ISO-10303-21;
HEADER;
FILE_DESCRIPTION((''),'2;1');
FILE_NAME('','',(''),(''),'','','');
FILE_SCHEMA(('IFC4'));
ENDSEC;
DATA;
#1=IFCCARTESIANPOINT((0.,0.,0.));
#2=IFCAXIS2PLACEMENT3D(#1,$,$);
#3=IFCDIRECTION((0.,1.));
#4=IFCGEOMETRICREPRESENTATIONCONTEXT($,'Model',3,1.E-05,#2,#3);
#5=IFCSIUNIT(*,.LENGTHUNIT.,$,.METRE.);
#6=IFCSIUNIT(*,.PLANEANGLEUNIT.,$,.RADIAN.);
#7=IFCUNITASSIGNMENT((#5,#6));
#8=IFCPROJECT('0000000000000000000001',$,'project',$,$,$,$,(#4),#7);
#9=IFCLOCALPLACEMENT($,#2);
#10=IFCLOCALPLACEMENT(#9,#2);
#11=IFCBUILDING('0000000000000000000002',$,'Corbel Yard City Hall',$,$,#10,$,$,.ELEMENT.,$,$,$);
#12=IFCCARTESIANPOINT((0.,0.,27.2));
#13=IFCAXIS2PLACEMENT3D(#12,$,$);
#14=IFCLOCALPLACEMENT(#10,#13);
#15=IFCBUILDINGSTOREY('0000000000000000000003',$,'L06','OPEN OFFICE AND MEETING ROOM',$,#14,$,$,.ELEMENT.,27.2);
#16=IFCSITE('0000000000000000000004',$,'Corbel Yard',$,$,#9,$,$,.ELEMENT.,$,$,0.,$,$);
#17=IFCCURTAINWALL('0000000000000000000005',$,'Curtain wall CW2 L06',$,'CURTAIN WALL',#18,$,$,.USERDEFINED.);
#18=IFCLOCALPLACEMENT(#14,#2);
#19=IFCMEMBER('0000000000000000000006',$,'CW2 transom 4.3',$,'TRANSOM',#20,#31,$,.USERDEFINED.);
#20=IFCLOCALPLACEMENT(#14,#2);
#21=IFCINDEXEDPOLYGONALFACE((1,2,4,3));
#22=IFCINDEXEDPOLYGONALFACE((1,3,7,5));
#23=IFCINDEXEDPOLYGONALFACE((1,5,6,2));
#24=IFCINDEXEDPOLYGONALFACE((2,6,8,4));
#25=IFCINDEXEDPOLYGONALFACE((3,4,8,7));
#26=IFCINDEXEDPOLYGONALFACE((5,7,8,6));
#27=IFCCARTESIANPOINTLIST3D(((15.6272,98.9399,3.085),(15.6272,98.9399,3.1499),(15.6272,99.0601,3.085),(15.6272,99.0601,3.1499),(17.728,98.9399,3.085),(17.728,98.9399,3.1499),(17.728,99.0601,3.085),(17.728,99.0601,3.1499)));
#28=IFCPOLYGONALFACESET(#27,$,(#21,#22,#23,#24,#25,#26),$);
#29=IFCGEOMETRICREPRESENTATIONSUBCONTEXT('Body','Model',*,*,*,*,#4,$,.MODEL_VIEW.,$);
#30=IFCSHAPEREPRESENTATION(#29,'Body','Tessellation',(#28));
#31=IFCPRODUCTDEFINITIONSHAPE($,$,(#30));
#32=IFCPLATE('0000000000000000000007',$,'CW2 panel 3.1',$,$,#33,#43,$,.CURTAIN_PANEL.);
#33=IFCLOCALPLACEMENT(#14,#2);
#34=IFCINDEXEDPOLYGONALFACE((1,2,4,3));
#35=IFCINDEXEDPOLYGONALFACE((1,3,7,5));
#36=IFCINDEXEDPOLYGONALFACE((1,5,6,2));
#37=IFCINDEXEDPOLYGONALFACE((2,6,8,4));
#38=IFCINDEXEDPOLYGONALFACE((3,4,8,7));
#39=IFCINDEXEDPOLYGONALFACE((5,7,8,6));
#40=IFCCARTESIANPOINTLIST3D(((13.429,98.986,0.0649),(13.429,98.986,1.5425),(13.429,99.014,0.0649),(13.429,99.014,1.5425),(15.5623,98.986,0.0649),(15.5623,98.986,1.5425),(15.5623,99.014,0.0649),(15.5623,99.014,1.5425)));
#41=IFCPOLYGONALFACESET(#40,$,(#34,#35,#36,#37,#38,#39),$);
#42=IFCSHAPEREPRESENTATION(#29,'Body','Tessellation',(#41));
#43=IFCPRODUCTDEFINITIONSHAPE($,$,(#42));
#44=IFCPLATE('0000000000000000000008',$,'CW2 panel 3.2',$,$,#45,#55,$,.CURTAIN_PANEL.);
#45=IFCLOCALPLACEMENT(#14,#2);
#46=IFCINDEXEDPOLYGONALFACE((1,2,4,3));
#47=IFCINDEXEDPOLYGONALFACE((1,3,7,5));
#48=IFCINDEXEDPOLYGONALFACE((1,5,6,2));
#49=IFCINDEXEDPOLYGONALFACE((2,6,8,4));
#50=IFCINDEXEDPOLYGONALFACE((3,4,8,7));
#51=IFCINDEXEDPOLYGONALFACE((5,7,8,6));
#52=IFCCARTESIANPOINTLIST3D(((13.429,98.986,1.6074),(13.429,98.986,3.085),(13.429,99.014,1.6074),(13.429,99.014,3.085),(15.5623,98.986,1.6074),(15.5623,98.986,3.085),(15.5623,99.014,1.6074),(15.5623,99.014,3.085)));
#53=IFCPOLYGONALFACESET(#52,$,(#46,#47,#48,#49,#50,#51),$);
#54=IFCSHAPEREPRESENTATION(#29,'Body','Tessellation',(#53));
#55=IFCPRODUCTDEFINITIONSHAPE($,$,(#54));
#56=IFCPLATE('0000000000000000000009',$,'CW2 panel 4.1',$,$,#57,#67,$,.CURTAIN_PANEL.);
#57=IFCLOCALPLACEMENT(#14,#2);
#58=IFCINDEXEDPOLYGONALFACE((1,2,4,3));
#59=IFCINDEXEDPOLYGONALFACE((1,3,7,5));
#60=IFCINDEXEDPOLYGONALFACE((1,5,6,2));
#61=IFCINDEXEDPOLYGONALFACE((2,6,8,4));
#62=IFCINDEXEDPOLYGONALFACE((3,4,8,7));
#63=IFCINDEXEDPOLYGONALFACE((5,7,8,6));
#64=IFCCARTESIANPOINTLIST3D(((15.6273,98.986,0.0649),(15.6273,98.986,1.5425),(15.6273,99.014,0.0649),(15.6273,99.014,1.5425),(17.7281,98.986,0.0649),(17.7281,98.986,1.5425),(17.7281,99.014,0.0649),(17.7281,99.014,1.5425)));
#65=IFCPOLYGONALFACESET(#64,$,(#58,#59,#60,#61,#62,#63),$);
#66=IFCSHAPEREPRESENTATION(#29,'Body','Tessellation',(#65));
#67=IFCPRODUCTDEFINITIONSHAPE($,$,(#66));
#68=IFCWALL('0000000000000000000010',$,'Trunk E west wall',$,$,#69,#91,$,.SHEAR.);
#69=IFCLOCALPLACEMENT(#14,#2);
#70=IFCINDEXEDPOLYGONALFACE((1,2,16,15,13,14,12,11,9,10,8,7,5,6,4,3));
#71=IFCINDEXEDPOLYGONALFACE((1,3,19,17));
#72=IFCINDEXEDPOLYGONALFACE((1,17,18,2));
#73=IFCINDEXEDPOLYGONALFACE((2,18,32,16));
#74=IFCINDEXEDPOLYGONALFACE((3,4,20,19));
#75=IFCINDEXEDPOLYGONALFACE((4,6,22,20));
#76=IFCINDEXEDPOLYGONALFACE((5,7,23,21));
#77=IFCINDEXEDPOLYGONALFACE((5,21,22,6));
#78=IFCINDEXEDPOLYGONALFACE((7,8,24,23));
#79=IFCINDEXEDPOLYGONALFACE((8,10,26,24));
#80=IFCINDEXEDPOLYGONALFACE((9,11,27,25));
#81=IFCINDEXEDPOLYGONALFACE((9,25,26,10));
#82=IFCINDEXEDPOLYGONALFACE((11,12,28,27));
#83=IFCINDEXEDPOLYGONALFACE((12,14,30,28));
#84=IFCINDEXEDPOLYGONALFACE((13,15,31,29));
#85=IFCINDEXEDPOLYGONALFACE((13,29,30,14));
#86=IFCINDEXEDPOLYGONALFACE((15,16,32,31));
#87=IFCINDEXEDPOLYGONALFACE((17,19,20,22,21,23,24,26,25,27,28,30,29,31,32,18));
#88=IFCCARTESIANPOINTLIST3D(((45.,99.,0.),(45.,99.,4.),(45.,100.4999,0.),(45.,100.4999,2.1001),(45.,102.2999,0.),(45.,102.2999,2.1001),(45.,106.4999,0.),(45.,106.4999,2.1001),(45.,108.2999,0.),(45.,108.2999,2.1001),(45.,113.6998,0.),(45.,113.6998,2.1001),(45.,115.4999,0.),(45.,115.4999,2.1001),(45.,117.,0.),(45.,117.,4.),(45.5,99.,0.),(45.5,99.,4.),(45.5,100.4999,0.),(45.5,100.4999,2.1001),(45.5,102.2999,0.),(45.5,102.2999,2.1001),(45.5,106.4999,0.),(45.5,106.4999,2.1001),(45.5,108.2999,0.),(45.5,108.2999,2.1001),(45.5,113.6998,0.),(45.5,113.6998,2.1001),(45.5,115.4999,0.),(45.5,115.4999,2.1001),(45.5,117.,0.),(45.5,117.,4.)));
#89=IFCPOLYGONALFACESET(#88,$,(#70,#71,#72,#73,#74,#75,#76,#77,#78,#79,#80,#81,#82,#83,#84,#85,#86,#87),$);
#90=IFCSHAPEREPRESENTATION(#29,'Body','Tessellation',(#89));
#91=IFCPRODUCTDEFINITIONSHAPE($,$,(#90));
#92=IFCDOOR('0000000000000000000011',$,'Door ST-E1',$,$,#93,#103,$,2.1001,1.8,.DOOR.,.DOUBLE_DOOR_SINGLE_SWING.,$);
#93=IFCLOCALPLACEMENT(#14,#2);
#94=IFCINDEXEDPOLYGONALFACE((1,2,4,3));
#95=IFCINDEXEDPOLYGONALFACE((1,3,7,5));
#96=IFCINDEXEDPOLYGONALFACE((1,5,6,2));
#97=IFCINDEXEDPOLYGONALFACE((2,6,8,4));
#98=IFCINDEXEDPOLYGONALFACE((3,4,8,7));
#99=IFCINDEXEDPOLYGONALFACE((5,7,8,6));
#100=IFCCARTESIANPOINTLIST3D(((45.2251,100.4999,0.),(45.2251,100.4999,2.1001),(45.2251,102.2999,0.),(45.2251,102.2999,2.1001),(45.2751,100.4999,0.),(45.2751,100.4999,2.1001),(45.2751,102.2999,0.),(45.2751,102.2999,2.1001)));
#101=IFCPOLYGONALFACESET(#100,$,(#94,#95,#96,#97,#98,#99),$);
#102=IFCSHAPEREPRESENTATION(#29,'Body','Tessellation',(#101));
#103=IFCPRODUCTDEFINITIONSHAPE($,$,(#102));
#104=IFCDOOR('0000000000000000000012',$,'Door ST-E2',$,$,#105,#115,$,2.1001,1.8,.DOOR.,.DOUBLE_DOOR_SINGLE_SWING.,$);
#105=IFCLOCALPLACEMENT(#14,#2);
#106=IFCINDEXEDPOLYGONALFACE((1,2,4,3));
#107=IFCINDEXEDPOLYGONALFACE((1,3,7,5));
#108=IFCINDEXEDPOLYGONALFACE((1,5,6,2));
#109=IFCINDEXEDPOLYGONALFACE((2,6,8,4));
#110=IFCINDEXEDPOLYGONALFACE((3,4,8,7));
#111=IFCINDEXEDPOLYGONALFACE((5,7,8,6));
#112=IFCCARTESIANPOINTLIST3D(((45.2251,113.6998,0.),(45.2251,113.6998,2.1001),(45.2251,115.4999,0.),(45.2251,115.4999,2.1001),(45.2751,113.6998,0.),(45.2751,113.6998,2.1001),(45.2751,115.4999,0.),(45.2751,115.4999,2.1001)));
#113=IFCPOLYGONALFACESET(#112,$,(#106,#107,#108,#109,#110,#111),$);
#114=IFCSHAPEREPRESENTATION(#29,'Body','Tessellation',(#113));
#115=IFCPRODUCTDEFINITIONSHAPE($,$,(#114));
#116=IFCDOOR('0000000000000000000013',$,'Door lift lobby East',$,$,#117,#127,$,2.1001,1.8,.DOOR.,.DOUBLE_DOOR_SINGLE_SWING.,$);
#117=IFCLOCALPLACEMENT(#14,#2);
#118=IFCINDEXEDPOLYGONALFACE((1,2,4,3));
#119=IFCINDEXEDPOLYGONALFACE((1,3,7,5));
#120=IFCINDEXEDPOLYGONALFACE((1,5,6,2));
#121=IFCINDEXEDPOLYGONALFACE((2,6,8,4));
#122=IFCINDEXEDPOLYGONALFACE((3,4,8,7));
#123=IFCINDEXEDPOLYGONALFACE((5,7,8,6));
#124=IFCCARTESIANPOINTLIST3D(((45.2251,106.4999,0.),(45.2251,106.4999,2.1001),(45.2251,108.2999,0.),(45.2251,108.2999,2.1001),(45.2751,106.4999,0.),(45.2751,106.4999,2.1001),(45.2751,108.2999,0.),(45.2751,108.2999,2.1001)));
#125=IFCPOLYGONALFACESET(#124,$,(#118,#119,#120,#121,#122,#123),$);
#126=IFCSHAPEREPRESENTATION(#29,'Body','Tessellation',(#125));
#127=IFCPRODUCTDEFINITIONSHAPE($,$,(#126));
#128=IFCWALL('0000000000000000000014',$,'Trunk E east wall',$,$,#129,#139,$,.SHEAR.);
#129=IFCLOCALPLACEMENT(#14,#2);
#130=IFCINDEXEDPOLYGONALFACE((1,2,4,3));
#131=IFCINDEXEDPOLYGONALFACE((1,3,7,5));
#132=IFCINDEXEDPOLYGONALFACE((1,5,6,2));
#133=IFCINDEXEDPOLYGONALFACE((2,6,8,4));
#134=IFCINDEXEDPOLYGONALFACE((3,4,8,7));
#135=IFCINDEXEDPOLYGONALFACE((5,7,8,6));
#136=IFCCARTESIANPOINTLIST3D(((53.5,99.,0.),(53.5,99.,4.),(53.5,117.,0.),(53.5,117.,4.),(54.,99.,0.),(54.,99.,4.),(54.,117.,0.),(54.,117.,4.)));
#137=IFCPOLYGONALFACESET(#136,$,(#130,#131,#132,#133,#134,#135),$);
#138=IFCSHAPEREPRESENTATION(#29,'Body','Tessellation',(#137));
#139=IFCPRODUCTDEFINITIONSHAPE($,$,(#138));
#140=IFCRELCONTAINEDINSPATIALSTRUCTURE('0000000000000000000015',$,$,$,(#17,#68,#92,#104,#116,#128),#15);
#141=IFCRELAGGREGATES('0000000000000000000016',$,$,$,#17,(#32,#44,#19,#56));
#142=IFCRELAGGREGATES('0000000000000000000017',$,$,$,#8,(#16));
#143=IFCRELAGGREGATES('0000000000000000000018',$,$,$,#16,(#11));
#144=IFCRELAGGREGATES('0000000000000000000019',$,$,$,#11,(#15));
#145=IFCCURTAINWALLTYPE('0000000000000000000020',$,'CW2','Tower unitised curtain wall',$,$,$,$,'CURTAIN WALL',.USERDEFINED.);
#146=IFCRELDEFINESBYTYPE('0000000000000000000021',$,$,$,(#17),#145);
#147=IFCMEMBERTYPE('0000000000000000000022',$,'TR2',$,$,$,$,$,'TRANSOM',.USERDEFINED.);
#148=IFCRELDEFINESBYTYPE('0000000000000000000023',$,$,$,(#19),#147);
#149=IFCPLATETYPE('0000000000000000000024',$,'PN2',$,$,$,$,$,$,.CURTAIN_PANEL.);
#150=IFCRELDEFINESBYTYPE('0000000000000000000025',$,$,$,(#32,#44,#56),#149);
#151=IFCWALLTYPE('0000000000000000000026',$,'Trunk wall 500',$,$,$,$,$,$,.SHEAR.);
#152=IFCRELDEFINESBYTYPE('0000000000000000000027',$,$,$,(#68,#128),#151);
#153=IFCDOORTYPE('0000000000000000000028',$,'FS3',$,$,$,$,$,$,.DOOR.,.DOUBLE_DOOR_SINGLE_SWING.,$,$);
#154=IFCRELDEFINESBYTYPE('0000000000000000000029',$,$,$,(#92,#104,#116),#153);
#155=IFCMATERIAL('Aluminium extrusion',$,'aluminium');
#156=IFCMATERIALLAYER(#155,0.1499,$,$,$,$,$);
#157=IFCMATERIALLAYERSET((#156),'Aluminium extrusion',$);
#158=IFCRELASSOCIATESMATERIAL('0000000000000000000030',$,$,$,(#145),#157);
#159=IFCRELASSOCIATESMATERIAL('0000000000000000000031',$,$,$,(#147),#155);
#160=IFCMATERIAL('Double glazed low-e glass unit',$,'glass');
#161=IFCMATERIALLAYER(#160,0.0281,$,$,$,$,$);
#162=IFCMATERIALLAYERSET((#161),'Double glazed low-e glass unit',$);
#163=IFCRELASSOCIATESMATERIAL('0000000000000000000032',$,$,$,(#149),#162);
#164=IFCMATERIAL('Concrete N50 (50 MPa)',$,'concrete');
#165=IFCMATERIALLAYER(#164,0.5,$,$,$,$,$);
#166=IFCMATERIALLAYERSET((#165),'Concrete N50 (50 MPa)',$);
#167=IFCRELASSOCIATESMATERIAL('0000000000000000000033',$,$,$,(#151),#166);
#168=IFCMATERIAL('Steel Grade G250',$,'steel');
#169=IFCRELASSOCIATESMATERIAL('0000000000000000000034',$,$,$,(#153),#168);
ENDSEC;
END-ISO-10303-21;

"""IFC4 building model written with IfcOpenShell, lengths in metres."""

from ifc_helpers import new_model, si_unit, direction, frame, frame_2d, origin, origin_2d, place, context, subcontext, project, spatial, rectangle, extrude, material, layer, layer_set, material_profile, profile_set, type_object, element, fill, aggregate, save


model = new_model("IFC4")

# Units and contexts
model_context = context("Model", 3, precision=1e-05, world=origin(), true_north=direction((0.0, 1.0)))
body_context = subcontext(model_context, "Body", "Model", "MODEL_VIEW")
ifc_project = project(units=[si_unit("LENGTHUNIT", "METRE"), si_unit("PLANEANGLEUNIT", "RADIAN")], contexts=[model_context])

# Site, building, storey
site_placement = place(None, origin())
site = spatial("IfcSite", under=ifc_project, at=site_placement, Name="Corbel Yard", CompositionType="ELEMENT", RefElevation=0.0)
building_placement = place(site_placement, origin())
building = spatial("IfcBuilding", under=site, at=building_placement, Name="Corbel Yard City Hall", CompositionType="ELEMENT")
storey_placement = place(building_placement, frame((0.0, 0.0, 27.2)))
storey = spatial("IfcBuildingStorey", under=building, at=storey_placement, Name="L06", Description="OPEN OFFICE AND MEETING ROOM", CompositionType="ELEMENT", Elevation=27.2)

# Curtain wall, member, plates
ifc_material_1 = material(Name="Aluminium extrusion", Category="aluminium")
ifc_layer_1 = layer(ifc_material_1, 0.1499)
ifc_layer_set_1 = layer_set([ifc_layer_1], Name="Aluminium extrusion")
curtain_wall_type = type_object("IfcCurtainWallType", Name="CW2", Description="Tower unitised curtain wall", ElementType="CURTAIN WALL", PredefinedType="USERDEFINED", material=ifc_layer_set_1)
curtain_wall_placement = place(storey_placement, origin())
curtain_wall = element("IfcCurtainWall", 1, at=curtain_wall_placement, inside=storey, type_object=curtain_wall_type, Name="Curtain wall CW2 L06", ObjectType="CURTAIN WALL", PredefinedType="USERDEFINED")
ifc_material_profile_1 = material_profile(ifc_material_1, rectangle(XDim=0.1201, YDim=0.0649, at=origin_2d()), Name="120x65")
ifc_profile_set_1 = profile_set([ifc_material_profile_1], Name="Aluminium extrusion")
member_type_1 = type_object("IfcMemberType", Name="TR2", ElementType="TRANSOM", PredefinedType="USERDEFINED", material=ifc_profile_set_1)
member_1_placement = place(storey_placement, frame((15.6272, 99.0, 3.1174), z_axis=(1.0, 0.0, 0.0), x_axis=(0.0, 1.0, 0.0)))
member_1 = element("IfcMember", 2, at=member_1_placement, type_object=member_type_1, Name="CW2 transom 4.3", ObjectType="TRANSOM", PredefinedType="USERDEFINED", context=body_context, shape_type="SweptSolid", body=[
    extrude(rectangle(XDim=0.1201, YDim=0.0649, at=origin_2d()), origin(), (0.0, 0.0, 1.0), 2.1008),
])
ifc_material_2 = material(Name="Double glazed low-e glass unit", Category="glass")
ifc_layer_2 = layer(ifc_material_2, 0.0281)
ifc_layer_set_2 = layer_set([ifc_layer_2], Name="Double glazed low-e glass unit")
plate_type = type_object("IfcPlateType", Name="PN2", PredefinedType="CURTAIN_PANEL", material=ifc_layer_set_2)
plate_1_placement = place(storey_placement, frame((14.4956, 99.0, 0.0649), z_axis=(0.0, 0.0, 1.0), x_axis=(1.0, 0.0, 0.0)))
plate_1 = element("IfcPlate", 3, at=plate_1_placement, type_object=plate_type, Name="CW2 panel 3.1", PredefinedType="CURTAIN_PANEL", context=body_context, shape_type="SweptSolid", body=[
    extrude(rectangle(XDim=2.1333, YDim=0.0281, at=origin_2d()), origin(), (0.0, 0.0, 1.0), 1.4775),
])
plate_2_placement = place(storey_placement, frame((14.4956, 99.0, 1.6074), z_axis=(0.0, 0.0, 1.0), x_axis=(1.0, 0.0, 0.0)))
plate_2 = element("IfcPlate", 4, at=plate_2_placement, type_object=plate_type, Name="CW2 panel 3.2", PredefinedType="CURTAIN_PANEL", context=body_context, shape_type="SweptSolid", body=[
    extrude(rectangle(XDim=2.1333, YDim=0.0281, at=origin_2d()), origin(), (0.0, 0.0, 1.0), 1.4775),
])
plate_3_placement = place(storey_placement, frame((16.6777, 99.0, 0.0649), z_axis=(0.0, 0.0, 1.0), x_axis=(1.0, 0.0, 0.0)))
plate_3 = element("IfcPlate", 5, at=plate_3_placement, type_object=plate_type, Name="CW2 panel 4.1", PredefinedType="CURTAIN_PANEL", context=body_context, shape_type="SweptSolid", body=[
    extrude(rectangle(XDim=2.1008, YDim=0.0281, at=origin_2d()), origin(), (0.0, 0.0, 1.0), 1.4775),
])
aggregate(curtain_wall, [plate_1, plate_2, member_1, plate_3])

# Wall, openings, doors
ifc_material_3 = material(Name="Concrete N50 (50 MPa)", Category="concrete")
ifc_layer_3 = layer(ifc_material_3, 0.5)
ifc_layer_set_3 = layer_set([ifc_layer_3], Name="Concrete N50 (50 MPa)")
wall_type = type_object("IfcWallType", Name="Trunk wall 500", PredefinedType="SHEAR", material=ifc_layer_set_3)
wall_1_placement = place(storey_placement, frame((45.25, 99.0, 0.0), z_axis=(0.0, 0.0, 1.0), x_axis=(0.0, 1.0, 0.0)))
wall_1 = element("IfcWall", 6, at=wall_1_placement, inside=storey, type_object=wall_type, Name="Trunk E west wall", PredefinedType="SHEAR", context=body_context, shape_type="SweptSolid", body=[
    extrude(rectangle(XDim=18.0, YDim=0.5, at=frame_2d((9.0, 0.0))), origin(), (0.0, 0.0, 1.0), 4.0),
])
opening_1_placement = place(wall_1_placement, frame((1.5, 0.0, 0.0)))
opening_1 = element("IfcOpeningElement", 7, at=opening_1_placement, cuts=wall_1, PredefinedType="OPENING", context=body_context, shape_type="SweptSolid", body=[
    extrude(rectangle(XDim=1.8, YDim=2.1001, at=frame_2d((0.8999, 1.05))), frame((0.0, 0.26, 0.0), z_axis=(0.0, -1.0, 0.0), x_axis=(1.0, 0.0, 0.0)), (0.0, 0.0, 1.0), 0.52),
])
opening_2_placement = place(wall_1_placement, frame((14.7, 0.0, 0.0)))
opening_2 = element("IfcOpeningElement", 8, at=opening_2_placement, cuts=wall_1, PredefinedType="OPENING", context=body_context, shape_type="SweptSolid", body=[
    extrude(rectangle(XDim=1.8, YDim=2.1001, at=frame_2d((0.8999, 1.05))), frame((0.0, 0.26, 0.0), z_axis=(0.0, -1.0, 0.0), x_axis=(1.0, 0.0, 0.0)), (0.0, 0.0, 1.0), 0.52),
])
opening_3_placement = place(wall_1_placement, frame((7.5, 0.0, 0.0)))
opening_3 = element("IfcOpeningElement", 9, at=opening_3_placement, cuts=wall_1, PredefinedType="OPENING", context=body_context, shape_type="SweptSolid", body=[
    extrude(rectangle(XDim=1.8, YDim=2.1001, at=frame_2d((0.8999, 1.05))), frame((0.0, 0.26, 0.0), z_axis=(0.0, -1.0, 0.0), x_axis=(1.0, 0.0, 0.0)), (0.0, 0.0, 1.0), 0.52),
])
ifc_material_4 = material(Name="Steel Grade G250", Category="steel")
door_type = type_object("IfcDoorType", Name="FS3", OperationType="DOUBLE_DOOR_SINGLE_SWING", PredefinedType="DOOR", material=ifc_material_4)
door_1_placement = place(opening_1_placement, origin())
door_1 = element("IfcDoor", 10, at=door_1_placement, inside=storey, type_object=door_type, Name="Door ST-E1", OperationType="DOUBLE_DOOR_SINGLE_SWING", OverallHeight=2.1001, OverallWidth=1.8, PredefinedType="DOOR", context=body_context, shape_type="SweptSolid", body=[
    extrude(rectangle(XDim=1.8, YDim=2.1001, at=frame_2d((0.8999, 1.05))), frame((0.0, 0.0249, 0.0), z_axis=(0.0, -1.0, 0.0), x_axis=(1.0, 0.0, 0.0)), (0.0, 0.0, 1.0), 0.05),
])
fill(opening_1, door_1)
door_2_placement = place(opening_2_placement, origin())
door_2 = element("IfcDoor", 11, at=door_2_placement, inside=storey, type_object=door_type, Name="Door ST-E2", OperationType="DOUBLE_DOOR_SINGLE_SWING", OverallHeight=2.1001, OverallWidth=1.8, PredefinedType="DOOR", context=body_context, shape_type="SweptSolid", body=[
    extrude(rectangle(XDim=1.8, YDim=2.1001, at=frame_2d((0.8999, 1.05))), frame((0.0, 0.0249, 0.0), z_axis=(0.0, -1.0, 0.0), x_axis=(1.0, 0.0, 0.0)), (0.0, 0.0, 1.0), 0.05),
])
fill(opening_2, door_2)
door_3_placement = place(opening_3_placement, origin())
door_3 = element("IfcDoor", 12, at=door_3_placement, inside=storey, type_object=door_type, Name="Door lift lobby East", OperationType="DOUBLE_DOOR_SINGLE_SWING", OverallHeight=2.1001, OverallWidth=1.8, PredefinedType="DOOR", context=body_context, shape_type="SweptSolid", body=[
    extrude(rectangle(XDim=1.8, YDim=2.1001, at=frame_2d((0.8999, 1.05))), frame((0.0, 0.0249, 0.0), z_axis=(0.0, -1.0, 0.0), x_axis=(1.0, 0.0, 0.0)), (0.0, 0.0, 1.0), 0.05),
])
fill(opening_3, door_3)

# Wall
wall_2_placement = place(storey_placement, frame((53.75, 99.0, 0.0), z_axis=(0.0, 0.0, 1.0), x_axis=(0.0, 1.0, 0.0)))
element("IfcWall", 13, at=wall_2_placement, inside=storey, type_object=wall_type, Name="Trunk E east wall", PredefinedType="SHEAR", context=body_context, shape_type="SweptSolid", body=[
    extrude(rectangle(XDim=18.0, YDim=0.5, at=frame_2d((9.0, 0.0))), origin(), (0.0, 0.0, 1.0), 4.0),
])

save(model, "model.ifc")
